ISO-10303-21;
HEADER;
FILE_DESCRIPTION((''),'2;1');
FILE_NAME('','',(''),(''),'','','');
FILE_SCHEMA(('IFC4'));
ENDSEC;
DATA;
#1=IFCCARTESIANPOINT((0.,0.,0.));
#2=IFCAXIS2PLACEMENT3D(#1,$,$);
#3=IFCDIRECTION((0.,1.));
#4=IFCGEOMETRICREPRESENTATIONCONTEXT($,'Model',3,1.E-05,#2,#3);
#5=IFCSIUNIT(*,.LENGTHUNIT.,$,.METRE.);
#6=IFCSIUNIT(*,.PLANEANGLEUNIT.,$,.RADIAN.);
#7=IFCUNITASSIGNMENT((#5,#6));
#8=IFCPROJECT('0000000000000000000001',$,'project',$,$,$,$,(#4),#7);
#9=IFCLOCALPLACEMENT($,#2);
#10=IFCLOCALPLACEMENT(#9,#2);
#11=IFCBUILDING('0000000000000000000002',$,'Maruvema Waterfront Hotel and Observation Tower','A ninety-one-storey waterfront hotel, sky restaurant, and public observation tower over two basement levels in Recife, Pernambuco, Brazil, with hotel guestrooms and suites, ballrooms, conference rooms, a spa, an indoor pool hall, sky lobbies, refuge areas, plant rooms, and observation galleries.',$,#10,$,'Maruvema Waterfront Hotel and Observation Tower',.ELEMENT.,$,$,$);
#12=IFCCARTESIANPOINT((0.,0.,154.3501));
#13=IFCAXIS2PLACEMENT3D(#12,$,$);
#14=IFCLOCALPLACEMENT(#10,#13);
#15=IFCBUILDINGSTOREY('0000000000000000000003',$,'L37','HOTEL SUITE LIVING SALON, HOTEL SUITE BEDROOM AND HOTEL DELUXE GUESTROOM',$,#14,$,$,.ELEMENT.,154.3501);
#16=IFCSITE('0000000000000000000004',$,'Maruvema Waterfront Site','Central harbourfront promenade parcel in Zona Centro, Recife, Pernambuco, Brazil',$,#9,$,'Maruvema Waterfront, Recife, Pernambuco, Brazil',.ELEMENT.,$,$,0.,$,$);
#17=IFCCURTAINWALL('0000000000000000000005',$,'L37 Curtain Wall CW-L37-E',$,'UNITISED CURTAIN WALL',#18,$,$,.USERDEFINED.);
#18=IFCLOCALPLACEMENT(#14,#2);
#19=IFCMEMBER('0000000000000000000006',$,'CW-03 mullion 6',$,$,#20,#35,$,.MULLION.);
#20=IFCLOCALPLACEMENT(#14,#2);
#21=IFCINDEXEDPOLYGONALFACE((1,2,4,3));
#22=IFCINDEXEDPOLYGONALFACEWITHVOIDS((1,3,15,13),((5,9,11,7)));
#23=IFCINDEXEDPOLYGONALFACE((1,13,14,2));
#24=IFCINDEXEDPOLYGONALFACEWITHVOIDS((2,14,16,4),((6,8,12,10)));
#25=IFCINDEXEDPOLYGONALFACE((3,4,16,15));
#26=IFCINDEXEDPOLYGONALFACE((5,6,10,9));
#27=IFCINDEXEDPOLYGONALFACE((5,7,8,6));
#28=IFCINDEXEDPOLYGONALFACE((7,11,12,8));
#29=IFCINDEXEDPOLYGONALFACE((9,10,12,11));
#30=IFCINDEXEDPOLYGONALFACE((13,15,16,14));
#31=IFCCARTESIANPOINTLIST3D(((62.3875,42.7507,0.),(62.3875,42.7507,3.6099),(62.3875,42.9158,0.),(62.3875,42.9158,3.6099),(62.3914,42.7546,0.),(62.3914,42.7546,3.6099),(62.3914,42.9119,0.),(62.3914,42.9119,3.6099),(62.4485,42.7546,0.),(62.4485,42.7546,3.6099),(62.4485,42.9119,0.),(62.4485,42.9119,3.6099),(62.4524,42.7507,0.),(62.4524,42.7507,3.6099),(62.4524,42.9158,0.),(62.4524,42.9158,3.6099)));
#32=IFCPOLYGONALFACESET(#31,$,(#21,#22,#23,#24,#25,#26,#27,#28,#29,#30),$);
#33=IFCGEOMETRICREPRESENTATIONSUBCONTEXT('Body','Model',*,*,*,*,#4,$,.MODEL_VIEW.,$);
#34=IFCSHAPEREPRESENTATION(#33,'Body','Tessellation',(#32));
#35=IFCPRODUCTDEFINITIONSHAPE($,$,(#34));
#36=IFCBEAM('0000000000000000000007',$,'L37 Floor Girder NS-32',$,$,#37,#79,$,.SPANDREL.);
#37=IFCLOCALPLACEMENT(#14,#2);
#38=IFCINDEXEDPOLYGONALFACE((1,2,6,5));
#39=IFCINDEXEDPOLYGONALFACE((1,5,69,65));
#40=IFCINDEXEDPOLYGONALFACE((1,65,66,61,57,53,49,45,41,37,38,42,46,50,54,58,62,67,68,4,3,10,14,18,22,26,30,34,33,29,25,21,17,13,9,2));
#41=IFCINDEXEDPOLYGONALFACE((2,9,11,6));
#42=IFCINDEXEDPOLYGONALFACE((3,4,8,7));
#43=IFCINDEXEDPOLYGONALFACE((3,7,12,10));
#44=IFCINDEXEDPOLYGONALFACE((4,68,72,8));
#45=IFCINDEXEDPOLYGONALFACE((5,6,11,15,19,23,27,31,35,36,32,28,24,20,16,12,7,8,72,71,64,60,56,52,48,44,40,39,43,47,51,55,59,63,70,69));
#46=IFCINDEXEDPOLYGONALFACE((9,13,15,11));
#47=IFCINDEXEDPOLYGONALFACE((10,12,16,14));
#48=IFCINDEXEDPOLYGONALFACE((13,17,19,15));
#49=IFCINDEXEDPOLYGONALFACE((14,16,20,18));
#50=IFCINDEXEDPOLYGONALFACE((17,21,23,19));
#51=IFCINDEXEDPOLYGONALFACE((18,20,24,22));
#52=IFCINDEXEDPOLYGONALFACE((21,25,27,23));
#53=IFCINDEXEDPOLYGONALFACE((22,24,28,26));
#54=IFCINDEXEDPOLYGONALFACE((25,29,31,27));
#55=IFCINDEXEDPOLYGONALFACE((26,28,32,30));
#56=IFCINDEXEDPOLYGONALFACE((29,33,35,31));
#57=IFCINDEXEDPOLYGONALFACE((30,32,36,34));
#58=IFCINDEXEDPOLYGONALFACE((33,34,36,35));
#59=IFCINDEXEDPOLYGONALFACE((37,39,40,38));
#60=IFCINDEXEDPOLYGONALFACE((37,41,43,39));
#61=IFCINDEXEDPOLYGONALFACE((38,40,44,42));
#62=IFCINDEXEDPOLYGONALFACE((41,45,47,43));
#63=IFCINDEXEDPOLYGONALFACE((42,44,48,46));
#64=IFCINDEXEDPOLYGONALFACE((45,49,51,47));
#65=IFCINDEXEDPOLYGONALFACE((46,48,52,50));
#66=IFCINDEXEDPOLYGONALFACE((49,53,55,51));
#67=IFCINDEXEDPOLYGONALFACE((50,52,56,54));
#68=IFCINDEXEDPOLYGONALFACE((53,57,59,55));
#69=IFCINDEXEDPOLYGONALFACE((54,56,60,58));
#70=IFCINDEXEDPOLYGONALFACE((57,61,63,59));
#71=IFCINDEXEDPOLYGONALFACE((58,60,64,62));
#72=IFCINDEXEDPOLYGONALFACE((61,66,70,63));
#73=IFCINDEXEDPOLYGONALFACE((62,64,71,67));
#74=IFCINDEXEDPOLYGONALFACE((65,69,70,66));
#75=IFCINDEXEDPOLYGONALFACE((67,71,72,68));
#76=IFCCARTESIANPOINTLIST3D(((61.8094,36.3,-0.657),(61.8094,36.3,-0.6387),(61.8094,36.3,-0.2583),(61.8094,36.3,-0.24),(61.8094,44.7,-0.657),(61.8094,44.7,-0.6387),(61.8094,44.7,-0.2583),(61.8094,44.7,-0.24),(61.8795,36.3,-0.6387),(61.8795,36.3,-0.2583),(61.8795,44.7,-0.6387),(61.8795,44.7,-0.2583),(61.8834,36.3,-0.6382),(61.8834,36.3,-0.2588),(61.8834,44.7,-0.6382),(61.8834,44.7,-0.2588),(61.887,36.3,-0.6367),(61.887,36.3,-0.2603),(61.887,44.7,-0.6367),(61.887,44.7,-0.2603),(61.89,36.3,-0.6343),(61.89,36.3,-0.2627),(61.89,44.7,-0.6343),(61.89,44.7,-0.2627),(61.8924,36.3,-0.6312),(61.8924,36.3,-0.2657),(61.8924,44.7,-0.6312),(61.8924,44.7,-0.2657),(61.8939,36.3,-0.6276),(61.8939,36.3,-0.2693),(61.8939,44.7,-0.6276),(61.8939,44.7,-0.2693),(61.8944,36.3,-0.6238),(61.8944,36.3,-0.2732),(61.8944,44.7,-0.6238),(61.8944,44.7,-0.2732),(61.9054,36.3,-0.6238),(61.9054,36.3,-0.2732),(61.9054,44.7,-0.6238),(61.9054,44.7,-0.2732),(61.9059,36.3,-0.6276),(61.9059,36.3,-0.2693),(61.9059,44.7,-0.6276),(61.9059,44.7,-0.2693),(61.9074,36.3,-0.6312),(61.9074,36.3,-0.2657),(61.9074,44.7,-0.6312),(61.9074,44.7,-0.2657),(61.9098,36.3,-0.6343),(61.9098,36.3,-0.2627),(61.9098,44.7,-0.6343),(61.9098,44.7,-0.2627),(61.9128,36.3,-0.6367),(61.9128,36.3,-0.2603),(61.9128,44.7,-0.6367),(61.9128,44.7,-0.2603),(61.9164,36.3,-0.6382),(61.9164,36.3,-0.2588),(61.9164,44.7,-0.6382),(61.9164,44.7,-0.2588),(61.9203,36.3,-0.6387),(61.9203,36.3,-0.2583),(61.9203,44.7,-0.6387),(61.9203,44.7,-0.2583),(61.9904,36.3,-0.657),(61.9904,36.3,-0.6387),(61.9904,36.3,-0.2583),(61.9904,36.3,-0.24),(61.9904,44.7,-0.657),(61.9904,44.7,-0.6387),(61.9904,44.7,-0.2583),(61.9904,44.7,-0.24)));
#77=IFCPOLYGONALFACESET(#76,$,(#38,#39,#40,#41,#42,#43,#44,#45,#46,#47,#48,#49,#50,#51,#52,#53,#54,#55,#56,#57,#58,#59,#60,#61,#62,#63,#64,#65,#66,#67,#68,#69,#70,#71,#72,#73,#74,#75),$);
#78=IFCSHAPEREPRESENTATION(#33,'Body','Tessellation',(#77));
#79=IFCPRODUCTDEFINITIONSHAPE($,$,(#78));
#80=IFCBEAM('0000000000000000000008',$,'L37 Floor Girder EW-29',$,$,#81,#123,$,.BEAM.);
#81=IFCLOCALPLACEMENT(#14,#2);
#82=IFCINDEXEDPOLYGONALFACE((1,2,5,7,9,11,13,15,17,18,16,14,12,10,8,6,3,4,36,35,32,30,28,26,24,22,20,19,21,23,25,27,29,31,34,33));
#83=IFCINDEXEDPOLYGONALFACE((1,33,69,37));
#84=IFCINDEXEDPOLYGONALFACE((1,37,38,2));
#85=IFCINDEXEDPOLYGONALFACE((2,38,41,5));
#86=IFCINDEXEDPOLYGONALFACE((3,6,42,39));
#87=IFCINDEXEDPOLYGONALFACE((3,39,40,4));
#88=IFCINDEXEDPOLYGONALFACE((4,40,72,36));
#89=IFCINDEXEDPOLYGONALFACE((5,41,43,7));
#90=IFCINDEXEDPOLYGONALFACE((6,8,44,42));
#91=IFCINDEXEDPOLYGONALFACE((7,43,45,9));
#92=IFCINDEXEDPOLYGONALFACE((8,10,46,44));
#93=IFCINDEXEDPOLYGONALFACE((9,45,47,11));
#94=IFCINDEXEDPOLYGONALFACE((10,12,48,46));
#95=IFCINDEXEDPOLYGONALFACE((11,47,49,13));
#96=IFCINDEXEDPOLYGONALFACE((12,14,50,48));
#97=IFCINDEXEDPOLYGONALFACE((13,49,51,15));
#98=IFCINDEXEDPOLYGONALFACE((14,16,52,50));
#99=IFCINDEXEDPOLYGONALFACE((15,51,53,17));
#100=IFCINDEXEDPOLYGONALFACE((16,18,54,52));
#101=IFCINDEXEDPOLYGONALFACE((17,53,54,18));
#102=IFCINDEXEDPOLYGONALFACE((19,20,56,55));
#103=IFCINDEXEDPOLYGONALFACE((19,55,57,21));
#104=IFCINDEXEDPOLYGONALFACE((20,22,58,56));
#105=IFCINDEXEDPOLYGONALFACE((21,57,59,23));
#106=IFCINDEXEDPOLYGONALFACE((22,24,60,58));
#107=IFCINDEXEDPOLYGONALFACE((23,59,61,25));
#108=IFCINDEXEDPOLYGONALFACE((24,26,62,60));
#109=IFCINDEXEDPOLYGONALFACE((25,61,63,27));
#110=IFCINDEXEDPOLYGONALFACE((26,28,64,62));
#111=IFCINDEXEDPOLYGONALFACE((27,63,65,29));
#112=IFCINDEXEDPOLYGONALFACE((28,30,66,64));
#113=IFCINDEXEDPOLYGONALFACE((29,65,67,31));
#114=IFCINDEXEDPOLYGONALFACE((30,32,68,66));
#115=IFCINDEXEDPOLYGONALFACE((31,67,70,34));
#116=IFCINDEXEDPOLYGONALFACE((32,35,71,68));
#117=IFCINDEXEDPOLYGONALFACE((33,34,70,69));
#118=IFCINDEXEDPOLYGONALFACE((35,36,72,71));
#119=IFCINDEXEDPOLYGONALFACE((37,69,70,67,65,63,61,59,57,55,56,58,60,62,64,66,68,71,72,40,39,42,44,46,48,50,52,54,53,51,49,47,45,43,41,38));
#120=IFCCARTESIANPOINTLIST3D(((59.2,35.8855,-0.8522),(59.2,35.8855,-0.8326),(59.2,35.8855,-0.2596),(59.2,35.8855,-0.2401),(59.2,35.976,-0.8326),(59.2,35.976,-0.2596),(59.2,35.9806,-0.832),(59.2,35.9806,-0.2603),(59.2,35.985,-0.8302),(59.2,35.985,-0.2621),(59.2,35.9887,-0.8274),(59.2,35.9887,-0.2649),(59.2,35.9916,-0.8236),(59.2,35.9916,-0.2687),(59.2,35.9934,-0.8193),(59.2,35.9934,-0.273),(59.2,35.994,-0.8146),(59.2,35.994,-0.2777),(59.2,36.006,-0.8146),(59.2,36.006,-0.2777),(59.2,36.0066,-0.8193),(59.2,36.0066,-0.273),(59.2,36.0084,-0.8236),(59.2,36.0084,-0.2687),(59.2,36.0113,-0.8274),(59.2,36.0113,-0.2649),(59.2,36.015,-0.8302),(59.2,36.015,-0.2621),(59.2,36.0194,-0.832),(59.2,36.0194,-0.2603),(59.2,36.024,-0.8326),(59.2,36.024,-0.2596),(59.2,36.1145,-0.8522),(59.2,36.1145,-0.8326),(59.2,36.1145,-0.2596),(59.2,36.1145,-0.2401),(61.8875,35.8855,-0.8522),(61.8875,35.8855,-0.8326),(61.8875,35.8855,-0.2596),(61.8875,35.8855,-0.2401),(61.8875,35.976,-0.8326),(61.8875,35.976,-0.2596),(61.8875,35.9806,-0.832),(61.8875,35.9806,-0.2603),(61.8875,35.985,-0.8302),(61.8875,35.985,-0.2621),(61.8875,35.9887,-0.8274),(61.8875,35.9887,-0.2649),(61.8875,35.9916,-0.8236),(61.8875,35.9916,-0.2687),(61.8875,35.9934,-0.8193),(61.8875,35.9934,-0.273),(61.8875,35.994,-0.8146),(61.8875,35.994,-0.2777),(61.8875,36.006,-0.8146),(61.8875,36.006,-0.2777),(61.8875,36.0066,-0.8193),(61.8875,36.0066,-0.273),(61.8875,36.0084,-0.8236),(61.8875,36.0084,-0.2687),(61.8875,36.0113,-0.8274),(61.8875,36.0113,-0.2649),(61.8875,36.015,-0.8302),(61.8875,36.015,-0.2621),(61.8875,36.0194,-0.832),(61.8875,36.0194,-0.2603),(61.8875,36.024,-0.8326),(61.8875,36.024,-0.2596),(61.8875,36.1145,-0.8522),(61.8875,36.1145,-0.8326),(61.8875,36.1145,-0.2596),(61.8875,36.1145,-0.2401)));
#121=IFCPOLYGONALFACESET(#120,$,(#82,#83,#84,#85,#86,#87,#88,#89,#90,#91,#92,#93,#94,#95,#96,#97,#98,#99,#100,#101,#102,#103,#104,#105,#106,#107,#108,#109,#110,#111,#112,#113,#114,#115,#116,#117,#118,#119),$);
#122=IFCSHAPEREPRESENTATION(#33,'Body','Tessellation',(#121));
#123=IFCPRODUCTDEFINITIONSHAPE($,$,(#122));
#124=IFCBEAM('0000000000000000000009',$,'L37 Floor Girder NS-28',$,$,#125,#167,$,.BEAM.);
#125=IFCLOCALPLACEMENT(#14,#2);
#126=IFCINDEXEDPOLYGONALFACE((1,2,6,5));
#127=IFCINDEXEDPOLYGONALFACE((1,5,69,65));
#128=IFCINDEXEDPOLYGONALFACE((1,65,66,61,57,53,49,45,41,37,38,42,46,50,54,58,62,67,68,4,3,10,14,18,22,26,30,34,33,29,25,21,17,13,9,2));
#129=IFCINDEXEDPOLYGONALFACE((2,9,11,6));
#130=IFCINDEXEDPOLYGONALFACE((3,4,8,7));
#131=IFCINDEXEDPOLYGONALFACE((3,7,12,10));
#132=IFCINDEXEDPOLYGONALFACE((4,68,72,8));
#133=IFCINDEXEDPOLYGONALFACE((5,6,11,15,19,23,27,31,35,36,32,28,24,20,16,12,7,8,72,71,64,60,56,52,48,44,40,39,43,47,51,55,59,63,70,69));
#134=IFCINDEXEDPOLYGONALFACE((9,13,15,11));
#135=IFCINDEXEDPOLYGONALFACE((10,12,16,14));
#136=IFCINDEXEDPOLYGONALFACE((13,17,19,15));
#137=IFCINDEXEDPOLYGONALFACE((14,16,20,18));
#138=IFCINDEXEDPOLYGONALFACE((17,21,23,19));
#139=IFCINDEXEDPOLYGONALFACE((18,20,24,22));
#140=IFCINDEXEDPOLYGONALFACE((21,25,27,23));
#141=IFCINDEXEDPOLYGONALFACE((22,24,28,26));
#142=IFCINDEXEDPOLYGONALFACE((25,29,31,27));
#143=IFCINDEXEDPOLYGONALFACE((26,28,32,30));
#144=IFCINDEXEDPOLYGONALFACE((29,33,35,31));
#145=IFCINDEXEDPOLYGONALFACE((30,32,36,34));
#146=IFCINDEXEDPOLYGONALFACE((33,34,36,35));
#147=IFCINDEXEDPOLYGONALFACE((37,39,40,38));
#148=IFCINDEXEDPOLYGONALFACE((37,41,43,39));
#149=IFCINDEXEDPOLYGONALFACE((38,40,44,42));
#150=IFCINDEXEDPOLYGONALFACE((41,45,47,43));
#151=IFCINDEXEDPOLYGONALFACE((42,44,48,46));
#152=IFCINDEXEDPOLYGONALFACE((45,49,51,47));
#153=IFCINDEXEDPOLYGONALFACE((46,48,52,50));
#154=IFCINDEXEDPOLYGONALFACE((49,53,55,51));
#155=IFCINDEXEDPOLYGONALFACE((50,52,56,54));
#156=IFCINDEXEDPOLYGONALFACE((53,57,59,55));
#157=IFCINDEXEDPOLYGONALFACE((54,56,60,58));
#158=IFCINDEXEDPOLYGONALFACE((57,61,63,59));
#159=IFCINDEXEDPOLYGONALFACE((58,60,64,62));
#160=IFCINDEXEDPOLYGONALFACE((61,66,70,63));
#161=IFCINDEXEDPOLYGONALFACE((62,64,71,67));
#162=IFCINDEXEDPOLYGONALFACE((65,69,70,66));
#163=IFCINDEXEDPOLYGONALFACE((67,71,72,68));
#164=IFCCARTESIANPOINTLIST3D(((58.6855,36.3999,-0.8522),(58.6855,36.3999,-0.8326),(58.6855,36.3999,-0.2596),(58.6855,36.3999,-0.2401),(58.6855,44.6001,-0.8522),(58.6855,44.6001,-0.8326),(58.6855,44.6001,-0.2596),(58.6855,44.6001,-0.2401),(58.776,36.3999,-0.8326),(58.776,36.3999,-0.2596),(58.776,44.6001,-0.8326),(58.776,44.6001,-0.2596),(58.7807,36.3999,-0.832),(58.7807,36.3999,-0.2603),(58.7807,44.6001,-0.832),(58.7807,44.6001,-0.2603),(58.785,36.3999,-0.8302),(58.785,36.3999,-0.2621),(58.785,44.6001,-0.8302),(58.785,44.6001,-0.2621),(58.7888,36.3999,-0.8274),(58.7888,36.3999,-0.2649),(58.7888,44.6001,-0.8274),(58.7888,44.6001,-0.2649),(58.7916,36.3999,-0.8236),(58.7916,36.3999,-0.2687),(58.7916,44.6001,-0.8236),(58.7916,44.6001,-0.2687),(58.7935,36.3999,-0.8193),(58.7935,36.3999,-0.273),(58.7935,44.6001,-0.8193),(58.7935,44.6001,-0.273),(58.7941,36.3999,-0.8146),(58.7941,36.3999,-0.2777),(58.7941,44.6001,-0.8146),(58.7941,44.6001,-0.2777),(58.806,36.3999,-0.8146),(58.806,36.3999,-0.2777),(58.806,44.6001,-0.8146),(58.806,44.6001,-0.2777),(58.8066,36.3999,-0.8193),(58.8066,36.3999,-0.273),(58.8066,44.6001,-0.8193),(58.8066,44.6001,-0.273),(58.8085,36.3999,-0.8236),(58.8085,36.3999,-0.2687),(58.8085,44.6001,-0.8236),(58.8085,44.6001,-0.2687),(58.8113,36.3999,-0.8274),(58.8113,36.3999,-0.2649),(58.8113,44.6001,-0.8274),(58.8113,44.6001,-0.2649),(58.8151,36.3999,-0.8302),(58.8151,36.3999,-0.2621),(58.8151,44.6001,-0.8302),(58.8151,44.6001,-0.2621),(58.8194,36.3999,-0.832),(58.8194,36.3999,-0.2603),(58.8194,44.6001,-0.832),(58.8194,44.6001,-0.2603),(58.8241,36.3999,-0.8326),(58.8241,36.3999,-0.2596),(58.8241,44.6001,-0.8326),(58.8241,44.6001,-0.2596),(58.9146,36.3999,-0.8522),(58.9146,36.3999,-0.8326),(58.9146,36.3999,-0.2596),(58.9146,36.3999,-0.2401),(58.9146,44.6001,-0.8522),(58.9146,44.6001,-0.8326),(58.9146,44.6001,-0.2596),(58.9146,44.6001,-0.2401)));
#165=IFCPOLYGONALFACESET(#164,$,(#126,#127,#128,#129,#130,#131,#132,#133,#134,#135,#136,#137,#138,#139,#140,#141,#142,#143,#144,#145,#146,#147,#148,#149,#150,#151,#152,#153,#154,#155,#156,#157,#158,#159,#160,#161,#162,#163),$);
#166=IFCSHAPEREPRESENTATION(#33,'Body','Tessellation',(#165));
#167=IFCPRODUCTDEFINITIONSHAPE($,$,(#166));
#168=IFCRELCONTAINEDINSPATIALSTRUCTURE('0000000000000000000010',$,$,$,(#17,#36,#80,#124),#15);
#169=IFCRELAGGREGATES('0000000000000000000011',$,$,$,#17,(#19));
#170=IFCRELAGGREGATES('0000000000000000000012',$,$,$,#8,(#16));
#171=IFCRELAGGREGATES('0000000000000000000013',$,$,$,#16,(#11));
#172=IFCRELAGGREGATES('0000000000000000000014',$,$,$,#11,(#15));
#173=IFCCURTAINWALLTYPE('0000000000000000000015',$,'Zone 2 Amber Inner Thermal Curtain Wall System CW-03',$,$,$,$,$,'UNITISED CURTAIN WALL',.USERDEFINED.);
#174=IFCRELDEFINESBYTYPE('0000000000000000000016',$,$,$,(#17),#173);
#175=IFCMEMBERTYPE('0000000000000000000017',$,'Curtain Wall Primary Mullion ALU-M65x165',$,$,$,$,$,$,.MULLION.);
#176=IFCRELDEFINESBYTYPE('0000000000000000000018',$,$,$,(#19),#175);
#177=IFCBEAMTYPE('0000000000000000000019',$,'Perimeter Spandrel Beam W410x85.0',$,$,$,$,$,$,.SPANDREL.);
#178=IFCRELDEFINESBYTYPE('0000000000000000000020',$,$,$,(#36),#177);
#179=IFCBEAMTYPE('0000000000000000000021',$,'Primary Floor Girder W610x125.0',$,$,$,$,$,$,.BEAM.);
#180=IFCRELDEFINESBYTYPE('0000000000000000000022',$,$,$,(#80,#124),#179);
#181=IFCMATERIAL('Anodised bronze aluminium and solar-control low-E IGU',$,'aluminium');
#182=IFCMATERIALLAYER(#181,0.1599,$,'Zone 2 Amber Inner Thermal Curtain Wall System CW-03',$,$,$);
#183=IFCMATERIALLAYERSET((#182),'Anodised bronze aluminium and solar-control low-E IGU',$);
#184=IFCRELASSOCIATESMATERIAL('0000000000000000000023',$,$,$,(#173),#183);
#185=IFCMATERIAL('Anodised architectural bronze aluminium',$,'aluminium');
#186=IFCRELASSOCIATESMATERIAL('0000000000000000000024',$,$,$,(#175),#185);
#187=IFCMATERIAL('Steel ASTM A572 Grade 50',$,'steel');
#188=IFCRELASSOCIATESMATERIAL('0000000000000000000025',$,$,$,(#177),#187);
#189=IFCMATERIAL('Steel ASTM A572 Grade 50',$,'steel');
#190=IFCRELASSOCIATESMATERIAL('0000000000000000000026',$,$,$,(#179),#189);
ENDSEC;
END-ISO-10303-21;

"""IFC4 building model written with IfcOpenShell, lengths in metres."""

from ifc_helpers import new_model, si_unit, direction, frame, origin, origin_2d, place, context, subcontext, project, spatial, hollow_rectangle, i_section, extrude, material, layer, layer_set, material_profile, profile_set, type_object, element, aggregate, save


model = new_model("IFC4")

# Units and contexts
model_context = context("Model", 3, precision=1e-05, world=origin(), true_north=direction((0.0, 1.0)))
body_context = subcontext(model_context, "Body", "Model", "MODEL_VIEW")
ifc_project = project(units=[si_unit("LENGTHUNIT", "METRE"), si_unit("PLANEANGLEUNIT", "RADIAN")], contexts=[model_context])

# Site, building, storey
site_placement = place(None, origin())
site = spatial("IfcSite", under=ifc_project, at=site_placement, Name="Maruvema Waterfront Site", Description="Central harbourfront promenade parcel in Zona Centro, Recife, Pernambuco, Brazil", LongName="Maruvema Waterfront, Recife, Pernambuco, Brazil", CompositionType="ELEMENT", RefElevation=0.0)
building_placement = place(site_placement, origin())
building = spatial("IfcBuilding", under=site, at=building_placement, Name="Maruvema Waterfront Hotel and Observation Tower", Description="A ninety-one-storey waterfront hotel, sky restaurant, and public observation tower over two basement levels in Recife, Pernambuco, Brazil, with hotel guestrooms and suites, ballrooms, conference rooms, a spa, an indoor pool hall, sky lobbies, refuge areas, plant rooms, and observation galleries.", LongName="Maruvema Waterfront Hotel and Observation Tower", CompositionType="ELEMENT")
storey_placement = place(building_placement, frame((0.0, 0.0, 154.3501)))
storey = spatial("IfcBuildingStorey", under=building, at=storey_placement, Name="L37", Description="HOTEL SUITE LIVING SALON, HOTEL SUITE BEDROOM AND HOTEL DELUXE GUESTROOM", CompositionType="ELEMENT", Elevation=154.3501)

# Curtain wall, member
ifc_material_1 = material(Name="Anodised bronze aluminium and solar-control low-E IGU", Category="aluminium")
ifc_layer_1 = layer(ifc_material_1, 0.1599, Name="Zone 2 Amber Inner Thermal Curtain Wall System CW-03")
ifc_layer_set_1 = layer_set([ifc_layer_1], Name="Anodised bronze aluminium and solar-control low-E IGU")
curtain_wall_type = type_object("IfcCurtainWallType", Name="Zone 2 Amber Inner Thermal Curtain Wall System CW-03", ElementType="UNITISED CURTAIN WALL", PredefinedType="USERDEFINED", material=ifc_layer_set_1)
curtain_wall_placement = place(storey_placement, origin())
curtain_wall = element("IfcCurtainWall", 1, at=curtain_wall_placement, inside=storey, type_object=curtain_wall_type, Name="L37 Curtain Wall CW-L37-E", ObjectType="UNITISED CURTAIN WALL", PredefinedType="USERDEFINED")
ifc_material_2 = material(Name="Anodised architectural bronze aluminium", Category="aluminium")
ifc_material_profile_1 = material_profile(ifc_material_2, hollow_rectangle(XDim=0.0649, YDim=0.165, WallThickness=0.0039, at=origin_2d()), Name="ALU-M65x165")
ifc_profile_set_1 = profile_set([ifc_material_profile_1], Name="Anodised architectural bronze aluminium")
member_type_1 = type_object("IfcMemberType", Name="Curtain Wall Primary Mullion ALU-M65x165", PredefinedType="MULLION", material=ifc_profile_set_1)
member_1_placement = place(storey_placement, frame((62.4199, 42.8333, 0.0), z_axis=(0.0, 0.0, 1.0), x_axis=(-1.0, 0.0, 0.0)))
member_1 = element("IfcMember", 2, at=member_1_placement, type_object=member_type_1, Name="CW-03 mullion 6", PredefinedType="MULLION", context=body_context, shape_type="SweptSolid", body=[
    extrude(hollow_rectangle(XDim=0.0649, YDim=0.165, WallThickness=0.0039, at=origin_2d()), origin(), (0.0, 0.0, 1.0), 3.6099),
])

# Beams
ifc_material_3 = material(Name="Steel ASTM A572 Grade 50", Category="steel")
ifc_material_profile_2 = material_profile(ifc_material_3, i_section(OverallWidth=0.1809, OverallDepth=0.417, WebThickness=0.011, FlangeThickness=0.0183, FilletRadius=0.0149, at=origin_2d()), Name="W410x85.0")
ifc_profile_set_2 = profile_set([ifc_material_profile_2], Name="Steel ASTM A572 Grade 50")
beam_type_1 = type_object("IfcBeamType", Name="Perimeter Spandrel Beam W410x85.0", PredefinedType="SPANDREL", material=ifc_profile_set_2)
beam_1_placement = place(storey_placement, frame((61.8999, 36.3, -0.4485), z_axis=(0.0, 1.0, 0.0), x_axis=(-1.0, 0.0, 0.0)))
element("IfcBeam", 3, at=beam_1_placement, inside=storey, type_object=beam_type_1, Name="L37 Floor Girder NS-32", PredefinedType="SPANDREL", context=body_context, shape_type="SweptSolid", body=[
    extrude(i_section(OverallWidth=0.1809, OverallDepth=0.417, WebThickness=0.011, FlangeThickness=0.0183, FilletRadius=0.0149, at=origin_2d()), origin(), (0.0, 0.0, 1.0), 8.3999),
])
ifc_material_4 = material(Name="Steel ASTM A572 Grade 50", Category="steel")
ifc_material_profile_3 = material_profile(ifc_material_4, i_section(OverallWidth=0.229, OverallDepth=0.6121, WebThickness=0.012, FlangeThickness=0.0195, FilletRadius=0.0181, at=origin_2d()), Name="W610x125.0")
ifc_profile_set_3 = profile_set([ifc_material_profile_3], Name="Steel ASTM A572 Grade 50")
beam_type_2 = type_object("IfcBeamType", Name="Primary Floor Girder W610x125.0", PredefinedType="BEAM", material=ifc_profile_set_3)
beam_2_placement = place(storey_placement, frame((59.2, 36.0, -0.5461), z_axis=(1.0, 0.0, 0.0), x_axis=(0.0, 1.0, 0.0)))
element("IfcBeam", 4, at=beam_2_placement, inside=storey, type_object=beam_type_2, Name="L37 Floor Girder EW-29", PredefinedType="BEAM", context=body_context, shape_type="SweptSolid", body=[
    extrude(i_section(OverallWidth=0.229, OverallDepth=0.6121, WebThickness=0.012, FlangeThickness=0.0195, FilletRadius=0.0181, at=origin_2d()), origin(), (0.0, 0.0, 1.0), 2.6875),
])
beam_3_placement = place(storey_placement, frame((58.8, 36.3999, -0.5461), z_axis=(0.0, 1.0, 0.0), x_axis=(-1.0, 0.0, 0.0)))
element("IfcBeam", 5, at=beam_3_placement, inside=storey, type_object=beam_type_2, Name="L37 Floor Girder NS-28", PredefinedType="BEAM", context=body_context, shape_type="SweptSolid", body=[
    extrude(i_section(OverallWidth=0.229, OverallDepth=0.6121, WebThickness=0.012, FlangeThickness=0.0195, FilletRadius=0.0181, at=origin_2d()), origin(), (0.0, 0.0, 1.0), 8.2002),
])

aggregate(curtain_wall, [member_1])

save(model, "model.ifc")
